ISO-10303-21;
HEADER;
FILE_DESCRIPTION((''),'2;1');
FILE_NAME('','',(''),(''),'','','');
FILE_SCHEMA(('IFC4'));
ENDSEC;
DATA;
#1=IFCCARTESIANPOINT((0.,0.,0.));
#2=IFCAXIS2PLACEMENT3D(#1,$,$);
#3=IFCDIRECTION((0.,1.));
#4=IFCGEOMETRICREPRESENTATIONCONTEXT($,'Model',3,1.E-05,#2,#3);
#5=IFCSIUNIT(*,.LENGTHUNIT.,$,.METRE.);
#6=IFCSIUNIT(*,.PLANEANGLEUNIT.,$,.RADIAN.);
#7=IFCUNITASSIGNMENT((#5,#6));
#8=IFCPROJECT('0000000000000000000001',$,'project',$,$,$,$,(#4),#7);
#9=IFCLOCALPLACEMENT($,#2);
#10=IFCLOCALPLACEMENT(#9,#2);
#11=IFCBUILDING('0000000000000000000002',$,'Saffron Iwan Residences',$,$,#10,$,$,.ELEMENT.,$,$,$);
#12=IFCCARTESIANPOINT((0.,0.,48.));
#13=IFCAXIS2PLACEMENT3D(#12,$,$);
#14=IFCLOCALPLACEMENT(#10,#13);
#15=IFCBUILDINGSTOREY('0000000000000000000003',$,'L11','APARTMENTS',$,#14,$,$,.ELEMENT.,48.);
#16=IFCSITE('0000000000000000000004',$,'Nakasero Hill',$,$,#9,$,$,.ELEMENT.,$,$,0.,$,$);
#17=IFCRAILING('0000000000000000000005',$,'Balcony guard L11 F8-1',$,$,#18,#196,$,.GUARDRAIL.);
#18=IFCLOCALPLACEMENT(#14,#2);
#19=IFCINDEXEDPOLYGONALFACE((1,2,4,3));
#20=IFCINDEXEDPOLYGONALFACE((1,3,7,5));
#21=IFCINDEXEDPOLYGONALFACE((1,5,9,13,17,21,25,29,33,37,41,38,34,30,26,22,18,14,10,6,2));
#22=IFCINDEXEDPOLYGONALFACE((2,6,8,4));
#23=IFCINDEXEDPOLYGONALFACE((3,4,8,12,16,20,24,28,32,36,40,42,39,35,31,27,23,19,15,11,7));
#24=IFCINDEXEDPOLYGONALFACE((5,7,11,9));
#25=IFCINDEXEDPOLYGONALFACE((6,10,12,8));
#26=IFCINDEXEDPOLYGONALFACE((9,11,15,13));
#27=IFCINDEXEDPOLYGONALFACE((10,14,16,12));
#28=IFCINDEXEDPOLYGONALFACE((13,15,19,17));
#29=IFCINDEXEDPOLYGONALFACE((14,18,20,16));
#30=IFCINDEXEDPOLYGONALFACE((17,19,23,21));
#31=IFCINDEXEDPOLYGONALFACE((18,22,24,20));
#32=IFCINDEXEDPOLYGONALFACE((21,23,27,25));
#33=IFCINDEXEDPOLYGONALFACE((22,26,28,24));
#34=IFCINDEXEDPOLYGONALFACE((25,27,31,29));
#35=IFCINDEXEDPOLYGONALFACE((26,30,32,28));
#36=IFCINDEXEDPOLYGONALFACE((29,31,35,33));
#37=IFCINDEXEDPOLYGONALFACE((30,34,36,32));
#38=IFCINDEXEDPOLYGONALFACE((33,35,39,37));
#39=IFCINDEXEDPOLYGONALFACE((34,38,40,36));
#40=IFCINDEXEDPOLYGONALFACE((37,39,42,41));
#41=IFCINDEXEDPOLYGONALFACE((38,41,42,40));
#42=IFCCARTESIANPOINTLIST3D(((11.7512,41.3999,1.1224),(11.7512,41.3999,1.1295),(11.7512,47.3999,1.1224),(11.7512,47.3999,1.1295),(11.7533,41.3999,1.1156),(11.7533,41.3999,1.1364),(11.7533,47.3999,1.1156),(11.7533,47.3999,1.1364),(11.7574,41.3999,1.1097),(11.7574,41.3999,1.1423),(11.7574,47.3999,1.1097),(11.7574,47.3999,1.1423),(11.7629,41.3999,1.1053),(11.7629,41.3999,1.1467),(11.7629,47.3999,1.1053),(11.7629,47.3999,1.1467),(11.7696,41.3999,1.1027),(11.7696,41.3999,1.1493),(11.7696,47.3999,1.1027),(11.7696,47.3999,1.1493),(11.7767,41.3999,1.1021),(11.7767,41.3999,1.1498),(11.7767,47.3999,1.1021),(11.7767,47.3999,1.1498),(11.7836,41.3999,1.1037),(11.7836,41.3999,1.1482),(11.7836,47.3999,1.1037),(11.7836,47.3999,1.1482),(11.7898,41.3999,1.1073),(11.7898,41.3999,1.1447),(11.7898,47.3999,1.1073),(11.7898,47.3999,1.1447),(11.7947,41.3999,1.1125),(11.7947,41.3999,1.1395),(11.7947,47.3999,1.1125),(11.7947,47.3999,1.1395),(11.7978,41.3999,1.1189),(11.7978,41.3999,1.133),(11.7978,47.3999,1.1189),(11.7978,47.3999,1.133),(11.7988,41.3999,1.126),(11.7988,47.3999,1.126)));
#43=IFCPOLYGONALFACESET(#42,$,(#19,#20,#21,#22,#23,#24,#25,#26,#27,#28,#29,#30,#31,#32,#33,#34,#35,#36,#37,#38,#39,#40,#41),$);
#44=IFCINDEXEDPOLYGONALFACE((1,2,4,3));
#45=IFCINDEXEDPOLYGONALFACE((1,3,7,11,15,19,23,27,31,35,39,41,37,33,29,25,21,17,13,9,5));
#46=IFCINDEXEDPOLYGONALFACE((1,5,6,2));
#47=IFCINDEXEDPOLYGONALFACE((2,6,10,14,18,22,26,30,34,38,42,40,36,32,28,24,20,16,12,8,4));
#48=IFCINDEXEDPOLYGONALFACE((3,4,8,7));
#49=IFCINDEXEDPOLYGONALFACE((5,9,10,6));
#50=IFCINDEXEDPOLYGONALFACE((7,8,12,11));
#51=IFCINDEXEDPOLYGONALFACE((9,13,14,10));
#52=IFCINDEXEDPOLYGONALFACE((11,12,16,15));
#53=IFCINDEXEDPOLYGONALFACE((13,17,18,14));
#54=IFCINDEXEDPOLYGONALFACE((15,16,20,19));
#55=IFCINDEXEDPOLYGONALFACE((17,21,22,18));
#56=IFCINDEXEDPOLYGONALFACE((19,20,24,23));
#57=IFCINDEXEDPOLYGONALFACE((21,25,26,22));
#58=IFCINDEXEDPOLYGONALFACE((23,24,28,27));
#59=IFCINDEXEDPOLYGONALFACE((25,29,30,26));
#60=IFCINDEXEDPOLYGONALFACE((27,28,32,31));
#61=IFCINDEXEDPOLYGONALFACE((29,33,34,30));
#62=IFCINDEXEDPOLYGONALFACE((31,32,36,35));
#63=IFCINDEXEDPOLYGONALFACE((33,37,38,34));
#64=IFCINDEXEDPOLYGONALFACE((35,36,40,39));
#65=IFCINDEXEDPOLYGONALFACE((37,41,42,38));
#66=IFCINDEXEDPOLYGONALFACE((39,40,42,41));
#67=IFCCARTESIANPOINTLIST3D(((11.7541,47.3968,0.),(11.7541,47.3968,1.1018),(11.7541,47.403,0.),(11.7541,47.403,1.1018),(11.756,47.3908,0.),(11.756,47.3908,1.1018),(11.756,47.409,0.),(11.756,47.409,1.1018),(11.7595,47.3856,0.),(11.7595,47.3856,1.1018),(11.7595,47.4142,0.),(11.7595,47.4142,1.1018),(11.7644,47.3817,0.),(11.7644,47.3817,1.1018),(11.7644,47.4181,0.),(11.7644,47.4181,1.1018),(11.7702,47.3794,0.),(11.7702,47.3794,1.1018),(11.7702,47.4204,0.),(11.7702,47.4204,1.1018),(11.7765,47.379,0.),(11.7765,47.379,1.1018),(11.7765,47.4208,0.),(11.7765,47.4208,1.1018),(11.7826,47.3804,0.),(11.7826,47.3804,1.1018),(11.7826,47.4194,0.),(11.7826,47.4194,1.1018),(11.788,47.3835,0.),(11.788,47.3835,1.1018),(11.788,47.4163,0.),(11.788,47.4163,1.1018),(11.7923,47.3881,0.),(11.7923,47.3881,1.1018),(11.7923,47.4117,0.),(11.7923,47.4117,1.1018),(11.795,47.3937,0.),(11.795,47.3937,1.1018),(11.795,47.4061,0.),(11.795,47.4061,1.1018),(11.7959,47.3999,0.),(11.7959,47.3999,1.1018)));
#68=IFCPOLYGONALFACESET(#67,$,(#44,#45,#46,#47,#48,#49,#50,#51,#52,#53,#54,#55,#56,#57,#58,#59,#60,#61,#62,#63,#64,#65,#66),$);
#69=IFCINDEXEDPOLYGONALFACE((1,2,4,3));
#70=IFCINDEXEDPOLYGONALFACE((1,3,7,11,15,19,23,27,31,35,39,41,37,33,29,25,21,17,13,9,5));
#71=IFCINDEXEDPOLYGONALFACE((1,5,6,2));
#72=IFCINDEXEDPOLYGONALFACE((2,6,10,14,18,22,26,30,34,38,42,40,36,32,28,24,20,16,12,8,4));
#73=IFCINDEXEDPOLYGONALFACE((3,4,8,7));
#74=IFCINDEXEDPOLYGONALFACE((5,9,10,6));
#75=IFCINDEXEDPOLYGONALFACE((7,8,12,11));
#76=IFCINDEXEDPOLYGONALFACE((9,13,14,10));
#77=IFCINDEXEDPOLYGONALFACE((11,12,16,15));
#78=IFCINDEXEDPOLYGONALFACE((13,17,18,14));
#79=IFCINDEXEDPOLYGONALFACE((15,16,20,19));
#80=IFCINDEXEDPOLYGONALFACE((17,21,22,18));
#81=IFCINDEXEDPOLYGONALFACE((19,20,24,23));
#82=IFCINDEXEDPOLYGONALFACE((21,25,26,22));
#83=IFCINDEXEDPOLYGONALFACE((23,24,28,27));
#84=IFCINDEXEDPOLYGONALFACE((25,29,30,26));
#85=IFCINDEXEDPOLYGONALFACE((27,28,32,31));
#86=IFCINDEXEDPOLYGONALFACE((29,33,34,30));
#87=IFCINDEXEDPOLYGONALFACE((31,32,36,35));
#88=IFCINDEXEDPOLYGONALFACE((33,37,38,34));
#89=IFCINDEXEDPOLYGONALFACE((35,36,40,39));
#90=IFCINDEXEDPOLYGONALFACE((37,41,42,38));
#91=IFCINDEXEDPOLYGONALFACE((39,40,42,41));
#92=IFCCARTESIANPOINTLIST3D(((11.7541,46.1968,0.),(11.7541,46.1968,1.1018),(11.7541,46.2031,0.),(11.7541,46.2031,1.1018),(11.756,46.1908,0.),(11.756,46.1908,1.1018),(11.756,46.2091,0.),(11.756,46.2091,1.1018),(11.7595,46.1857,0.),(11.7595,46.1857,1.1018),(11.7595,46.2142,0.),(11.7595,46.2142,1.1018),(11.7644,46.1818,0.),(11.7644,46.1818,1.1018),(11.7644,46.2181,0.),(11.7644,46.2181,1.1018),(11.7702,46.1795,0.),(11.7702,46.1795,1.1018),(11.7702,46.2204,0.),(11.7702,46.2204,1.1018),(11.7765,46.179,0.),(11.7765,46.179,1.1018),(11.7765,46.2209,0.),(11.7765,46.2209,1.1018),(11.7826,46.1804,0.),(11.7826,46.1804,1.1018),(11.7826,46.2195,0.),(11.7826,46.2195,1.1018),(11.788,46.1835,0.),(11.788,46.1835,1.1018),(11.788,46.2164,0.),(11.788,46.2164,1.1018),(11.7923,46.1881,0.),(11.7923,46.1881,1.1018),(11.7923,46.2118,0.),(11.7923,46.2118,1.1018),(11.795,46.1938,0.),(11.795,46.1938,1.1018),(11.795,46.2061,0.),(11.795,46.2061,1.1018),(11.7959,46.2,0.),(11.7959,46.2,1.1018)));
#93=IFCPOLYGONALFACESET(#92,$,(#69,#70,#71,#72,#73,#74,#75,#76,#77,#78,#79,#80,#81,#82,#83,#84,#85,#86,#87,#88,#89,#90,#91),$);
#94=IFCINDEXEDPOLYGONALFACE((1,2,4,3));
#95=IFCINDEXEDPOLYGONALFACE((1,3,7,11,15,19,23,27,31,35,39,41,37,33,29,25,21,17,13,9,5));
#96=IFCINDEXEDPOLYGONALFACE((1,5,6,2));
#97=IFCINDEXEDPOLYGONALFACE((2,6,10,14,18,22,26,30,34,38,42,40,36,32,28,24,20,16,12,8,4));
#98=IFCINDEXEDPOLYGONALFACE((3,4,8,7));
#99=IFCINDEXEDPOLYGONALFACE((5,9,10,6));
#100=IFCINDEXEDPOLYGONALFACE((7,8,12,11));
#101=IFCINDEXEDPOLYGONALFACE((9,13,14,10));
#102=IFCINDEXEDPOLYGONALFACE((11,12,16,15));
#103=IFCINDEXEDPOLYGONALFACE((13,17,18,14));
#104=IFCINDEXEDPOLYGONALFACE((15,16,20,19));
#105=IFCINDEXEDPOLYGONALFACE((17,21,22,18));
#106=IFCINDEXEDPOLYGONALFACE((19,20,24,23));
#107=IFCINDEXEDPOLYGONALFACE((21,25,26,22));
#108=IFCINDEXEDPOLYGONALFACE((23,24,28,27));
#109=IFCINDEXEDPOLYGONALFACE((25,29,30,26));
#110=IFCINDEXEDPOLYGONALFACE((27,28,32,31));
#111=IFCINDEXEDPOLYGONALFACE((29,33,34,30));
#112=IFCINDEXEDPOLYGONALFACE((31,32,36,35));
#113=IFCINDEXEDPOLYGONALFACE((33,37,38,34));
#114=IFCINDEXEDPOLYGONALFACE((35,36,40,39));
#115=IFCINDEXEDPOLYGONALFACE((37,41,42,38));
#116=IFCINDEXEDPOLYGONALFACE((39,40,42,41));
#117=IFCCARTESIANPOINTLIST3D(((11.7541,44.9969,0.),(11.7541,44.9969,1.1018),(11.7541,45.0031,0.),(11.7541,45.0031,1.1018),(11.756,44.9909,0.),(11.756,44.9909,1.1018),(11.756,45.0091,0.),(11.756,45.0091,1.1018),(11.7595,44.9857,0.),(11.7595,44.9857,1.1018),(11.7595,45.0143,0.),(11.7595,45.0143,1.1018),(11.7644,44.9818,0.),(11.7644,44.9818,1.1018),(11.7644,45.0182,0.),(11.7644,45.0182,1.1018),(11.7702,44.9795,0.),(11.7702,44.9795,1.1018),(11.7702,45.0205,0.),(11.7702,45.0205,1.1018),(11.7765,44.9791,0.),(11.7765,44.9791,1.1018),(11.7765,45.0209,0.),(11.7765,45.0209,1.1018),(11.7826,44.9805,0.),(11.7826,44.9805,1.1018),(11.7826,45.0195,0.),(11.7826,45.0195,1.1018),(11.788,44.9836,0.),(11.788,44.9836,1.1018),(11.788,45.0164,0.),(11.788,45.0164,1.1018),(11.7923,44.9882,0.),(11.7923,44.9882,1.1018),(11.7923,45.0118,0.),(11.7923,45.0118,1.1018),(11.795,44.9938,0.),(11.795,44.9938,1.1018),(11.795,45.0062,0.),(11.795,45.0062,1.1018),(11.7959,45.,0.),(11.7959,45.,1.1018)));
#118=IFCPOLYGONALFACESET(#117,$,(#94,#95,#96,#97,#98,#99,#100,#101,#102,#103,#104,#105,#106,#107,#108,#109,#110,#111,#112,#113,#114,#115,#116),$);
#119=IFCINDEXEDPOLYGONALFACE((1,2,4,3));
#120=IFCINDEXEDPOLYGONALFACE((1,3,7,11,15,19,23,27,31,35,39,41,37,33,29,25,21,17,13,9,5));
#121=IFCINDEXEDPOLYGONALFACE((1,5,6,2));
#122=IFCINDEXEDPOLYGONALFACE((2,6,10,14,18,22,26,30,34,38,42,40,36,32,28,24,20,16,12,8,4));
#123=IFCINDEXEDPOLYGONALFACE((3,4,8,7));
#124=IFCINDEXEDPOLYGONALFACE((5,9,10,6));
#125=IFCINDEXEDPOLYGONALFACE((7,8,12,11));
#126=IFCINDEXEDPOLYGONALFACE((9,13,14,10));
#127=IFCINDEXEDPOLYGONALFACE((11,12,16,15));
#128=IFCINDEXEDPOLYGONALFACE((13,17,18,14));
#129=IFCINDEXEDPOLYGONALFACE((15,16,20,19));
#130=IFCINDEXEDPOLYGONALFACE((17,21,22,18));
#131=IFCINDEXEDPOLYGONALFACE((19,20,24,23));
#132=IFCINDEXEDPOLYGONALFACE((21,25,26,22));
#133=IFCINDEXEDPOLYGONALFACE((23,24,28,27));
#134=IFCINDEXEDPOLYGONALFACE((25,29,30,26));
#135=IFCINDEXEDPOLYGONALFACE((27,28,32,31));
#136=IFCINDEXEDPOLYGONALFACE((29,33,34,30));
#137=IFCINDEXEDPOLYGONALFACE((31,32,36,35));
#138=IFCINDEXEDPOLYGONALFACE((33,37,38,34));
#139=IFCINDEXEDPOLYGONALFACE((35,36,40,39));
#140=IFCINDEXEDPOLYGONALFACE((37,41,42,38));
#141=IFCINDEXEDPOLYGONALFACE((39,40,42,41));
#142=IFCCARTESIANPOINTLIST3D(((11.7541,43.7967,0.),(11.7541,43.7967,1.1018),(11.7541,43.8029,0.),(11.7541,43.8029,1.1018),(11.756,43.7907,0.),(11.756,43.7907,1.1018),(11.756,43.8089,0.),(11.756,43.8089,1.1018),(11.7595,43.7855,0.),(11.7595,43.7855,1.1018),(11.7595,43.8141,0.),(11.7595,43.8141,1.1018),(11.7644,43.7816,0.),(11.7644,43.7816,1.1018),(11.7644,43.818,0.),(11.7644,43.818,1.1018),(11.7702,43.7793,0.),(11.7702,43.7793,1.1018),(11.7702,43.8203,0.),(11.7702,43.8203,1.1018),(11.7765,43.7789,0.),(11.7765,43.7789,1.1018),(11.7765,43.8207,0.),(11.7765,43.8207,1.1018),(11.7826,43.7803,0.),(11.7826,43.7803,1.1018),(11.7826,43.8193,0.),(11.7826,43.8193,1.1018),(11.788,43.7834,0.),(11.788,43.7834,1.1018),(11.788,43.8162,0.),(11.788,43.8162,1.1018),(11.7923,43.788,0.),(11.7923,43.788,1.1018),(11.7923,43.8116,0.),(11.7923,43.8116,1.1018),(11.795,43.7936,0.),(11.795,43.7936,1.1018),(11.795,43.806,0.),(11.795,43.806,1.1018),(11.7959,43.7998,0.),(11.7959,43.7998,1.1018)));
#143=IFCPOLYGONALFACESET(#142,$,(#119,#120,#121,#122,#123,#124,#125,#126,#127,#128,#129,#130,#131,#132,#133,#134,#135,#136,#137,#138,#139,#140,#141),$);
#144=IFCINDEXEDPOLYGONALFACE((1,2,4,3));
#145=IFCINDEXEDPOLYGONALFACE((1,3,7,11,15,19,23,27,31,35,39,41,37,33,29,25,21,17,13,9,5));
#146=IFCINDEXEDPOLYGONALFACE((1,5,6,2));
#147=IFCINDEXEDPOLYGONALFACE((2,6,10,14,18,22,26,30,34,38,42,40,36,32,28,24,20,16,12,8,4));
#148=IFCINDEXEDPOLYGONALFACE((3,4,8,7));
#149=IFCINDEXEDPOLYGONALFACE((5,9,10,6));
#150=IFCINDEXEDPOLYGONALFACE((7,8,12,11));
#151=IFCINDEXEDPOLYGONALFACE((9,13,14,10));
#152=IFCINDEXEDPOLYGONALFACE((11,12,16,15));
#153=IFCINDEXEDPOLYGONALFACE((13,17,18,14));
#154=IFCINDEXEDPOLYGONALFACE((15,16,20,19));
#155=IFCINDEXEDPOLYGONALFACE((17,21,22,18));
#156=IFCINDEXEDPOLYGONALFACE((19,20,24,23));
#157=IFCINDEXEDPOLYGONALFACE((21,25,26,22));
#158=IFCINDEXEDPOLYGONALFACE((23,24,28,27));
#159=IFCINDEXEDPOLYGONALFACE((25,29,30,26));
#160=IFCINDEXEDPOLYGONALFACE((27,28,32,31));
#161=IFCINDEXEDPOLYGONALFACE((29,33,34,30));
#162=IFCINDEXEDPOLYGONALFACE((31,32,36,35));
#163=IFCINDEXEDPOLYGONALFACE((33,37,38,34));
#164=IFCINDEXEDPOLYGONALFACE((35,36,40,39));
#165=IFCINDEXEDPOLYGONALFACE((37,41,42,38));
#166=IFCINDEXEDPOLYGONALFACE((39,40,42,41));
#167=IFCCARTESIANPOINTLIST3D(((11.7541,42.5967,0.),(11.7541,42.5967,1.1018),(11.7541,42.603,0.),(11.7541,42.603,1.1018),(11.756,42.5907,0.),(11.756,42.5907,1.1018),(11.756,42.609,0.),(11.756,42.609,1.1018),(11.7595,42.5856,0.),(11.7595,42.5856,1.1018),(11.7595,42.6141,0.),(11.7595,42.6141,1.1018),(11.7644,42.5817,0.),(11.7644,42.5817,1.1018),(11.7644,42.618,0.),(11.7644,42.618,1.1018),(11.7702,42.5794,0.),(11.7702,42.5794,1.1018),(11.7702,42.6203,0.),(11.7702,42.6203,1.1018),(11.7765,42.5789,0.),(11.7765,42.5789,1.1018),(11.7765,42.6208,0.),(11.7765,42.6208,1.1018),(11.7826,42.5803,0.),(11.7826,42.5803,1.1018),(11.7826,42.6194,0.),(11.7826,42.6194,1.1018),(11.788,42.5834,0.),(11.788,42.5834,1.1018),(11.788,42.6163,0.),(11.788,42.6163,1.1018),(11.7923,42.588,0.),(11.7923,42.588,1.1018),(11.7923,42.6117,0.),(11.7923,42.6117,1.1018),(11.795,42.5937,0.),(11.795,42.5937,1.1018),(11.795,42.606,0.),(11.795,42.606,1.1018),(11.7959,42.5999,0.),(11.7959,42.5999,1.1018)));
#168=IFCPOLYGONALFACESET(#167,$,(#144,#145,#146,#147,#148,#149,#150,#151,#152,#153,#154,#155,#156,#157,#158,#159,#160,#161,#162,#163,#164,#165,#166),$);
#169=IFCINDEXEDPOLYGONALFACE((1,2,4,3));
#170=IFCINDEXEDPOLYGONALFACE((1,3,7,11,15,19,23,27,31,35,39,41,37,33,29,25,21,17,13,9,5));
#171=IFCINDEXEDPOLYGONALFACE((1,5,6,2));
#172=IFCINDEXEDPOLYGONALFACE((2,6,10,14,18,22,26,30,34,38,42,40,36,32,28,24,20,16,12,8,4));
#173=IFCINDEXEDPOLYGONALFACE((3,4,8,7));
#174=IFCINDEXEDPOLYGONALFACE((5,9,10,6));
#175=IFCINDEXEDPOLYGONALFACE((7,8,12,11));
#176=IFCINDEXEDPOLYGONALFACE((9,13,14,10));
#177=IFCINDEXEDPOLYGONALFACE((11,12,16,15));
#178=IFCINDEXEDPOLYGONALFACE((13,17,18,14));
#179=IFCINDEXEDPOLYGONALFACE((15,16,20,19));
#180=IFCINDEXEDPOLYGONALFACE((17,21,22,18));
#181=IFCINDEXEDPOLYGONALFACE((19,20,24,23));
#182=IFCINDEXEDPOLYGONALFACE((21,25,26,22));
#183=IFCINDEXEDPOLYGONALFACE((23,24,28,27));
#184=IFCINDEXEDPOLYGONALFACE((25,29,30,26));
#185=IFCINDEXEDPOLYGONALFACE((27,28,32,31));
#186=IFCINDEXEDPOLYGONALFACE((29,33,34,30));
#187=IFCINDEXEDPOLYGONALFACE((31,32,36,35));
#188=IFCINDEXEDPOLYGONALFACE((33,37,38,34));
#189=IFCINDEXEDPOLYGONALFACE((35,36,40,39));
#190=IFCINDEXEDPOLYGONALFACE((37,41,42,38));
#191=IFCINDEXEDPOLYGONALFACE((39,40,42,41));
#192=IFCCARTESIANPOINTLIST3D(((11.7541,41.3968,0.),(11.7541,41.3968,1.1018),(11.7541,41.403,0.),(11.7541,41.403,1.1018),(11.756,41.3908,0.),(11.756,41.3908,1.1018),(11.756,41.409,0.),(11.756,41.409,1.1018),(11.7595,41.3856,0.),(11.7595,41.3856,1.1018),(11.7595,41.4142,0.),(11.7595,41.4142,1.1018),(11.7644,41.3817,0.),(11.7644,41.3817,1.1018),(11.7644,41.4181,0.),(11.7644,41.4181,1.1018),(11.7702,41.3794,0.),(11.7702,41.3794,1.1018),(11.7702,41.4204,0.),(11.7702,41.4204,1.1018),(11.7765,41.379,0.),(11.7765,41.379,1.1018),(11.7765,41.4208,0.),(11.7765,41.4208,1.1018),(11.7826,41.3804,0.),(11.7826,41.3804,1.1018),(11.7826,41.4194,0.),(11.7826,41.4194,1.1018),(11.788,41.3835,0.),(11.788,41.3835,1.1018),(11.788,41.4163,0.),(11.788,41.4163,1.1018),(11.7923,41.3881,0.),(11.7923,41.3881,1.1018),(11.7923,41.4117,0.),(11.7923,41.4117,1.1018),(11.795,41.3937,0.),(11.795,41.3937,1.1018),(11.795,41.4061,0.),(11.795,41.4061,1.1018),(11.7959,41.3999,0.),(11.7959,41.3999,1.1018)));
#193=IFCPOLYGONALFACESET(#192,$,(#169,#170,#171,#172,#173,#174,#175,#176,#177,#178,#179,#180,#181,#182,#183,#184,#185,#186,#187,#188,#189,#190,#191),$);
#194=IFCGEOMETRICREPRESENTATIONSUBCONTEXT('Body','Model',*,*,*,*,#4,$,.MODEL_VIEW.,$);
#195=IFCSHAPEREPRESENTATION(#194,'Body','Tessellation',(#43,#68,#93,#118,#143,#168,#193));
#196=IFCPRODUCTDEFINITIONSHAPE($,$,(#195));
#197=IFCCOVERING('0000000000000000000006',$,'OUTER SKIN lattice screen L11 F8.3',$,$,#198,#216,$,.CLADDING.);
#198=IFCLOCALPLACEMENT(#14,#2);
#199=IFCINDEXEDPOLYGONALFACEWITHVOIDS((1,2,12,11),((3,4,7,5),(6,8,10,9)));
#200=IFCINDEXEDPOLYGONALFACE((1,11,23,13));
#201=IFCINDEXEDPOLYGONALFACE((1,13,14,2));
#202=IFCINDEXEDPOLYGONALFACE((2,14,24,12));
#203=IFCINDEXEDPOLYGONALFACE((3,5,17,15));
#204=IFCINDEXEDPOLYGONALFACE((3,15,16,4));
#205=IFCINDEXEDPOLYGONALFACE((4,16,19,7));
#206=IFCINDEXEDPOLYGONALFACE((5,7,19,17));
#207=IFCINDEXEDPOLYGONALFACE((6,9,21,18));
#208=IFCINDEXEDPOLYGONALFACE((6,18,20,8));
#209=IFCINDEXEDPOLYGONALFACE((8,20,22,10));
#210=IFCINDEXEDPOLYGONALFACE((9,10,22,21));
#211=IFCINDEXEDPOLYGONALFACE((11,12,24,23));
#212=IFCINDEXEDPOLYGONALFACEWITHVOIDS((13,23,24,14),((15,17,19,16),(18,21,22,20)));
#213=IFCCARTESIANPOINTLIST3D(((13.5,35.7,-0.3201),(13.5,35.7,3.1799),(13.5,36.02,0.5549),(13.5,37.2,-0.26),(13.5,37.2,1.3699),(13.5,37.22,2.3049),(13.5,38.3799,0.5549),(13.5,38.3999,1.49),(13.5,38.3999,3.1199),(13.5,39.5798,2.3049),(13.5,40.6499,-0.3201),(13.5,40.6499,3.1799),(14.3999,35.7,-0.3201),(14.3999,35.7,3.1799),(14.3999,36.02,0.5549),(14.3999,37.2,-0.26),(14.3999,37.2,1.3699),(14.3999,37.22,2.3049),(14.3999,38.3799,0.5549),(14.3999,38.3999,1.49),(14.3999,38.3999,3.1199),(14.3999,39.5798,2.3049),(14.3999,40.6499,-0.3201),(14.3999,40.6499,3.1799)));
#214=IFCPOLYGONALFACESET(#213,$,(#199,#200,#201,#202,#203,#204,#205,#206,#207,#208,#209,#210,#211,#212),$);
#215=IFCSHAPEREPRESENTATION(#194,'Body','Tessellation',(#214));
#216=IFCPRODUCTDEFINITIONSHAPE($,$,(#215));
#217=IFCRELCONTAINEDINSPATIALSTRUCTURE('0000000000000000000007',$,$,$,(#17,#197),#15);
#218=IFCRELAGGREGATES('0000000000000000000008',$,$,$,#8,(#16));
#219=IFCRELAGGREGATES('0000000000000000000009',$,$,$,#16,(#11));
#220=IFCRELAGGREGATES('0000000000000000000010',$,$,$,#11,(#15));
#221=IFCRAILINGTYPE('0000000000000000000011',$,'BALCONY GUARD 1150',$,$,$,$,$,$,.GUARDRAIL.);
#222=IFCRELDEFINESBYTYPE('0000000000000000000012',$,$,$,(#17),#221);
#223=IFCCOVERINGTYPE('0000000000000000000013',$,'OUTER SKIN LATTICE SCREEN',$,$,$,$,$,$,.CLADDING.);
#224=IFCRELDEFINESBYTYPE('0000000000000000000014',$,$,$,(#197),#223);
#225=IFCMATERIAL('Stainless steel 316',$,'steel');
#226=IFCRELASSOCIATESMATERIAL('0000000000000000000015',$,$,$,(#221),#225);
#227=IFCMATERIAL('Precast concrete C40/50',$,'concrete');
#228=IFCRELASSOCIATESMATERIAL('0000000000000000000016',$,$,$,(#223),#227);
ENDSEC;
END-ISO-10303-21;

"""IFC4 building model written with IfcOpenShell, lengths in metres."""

from ifc_helpers import new_model, si_unit, direction, frame, origin, origin_2d, place, context, subcontext, project, spatial, polyline, circle, outline, extrude, material, type_object, element, save


model = new_model("IFC4")

# Units and contexts
model_context = context("Model", 3, precision=1e-05, world=origin(), true_north=direction((0.0, 1.0)))
body_context = subcontext(model_context, "Body", "Model", "MODEL_VIEW")
ifc_project = project(units=[si_unit("LENGTHUNIT", "METRE"), si_unit("PLANEANGLEUNIT", "RADIAN")], contexts=[model_context])

# Site, building, storey
site_placement = place(None, origin())
site = spatial("IfcSite", under=ifc_project, at=site_placement, Name="Nakasero Hill", CompositionType="ELEMENT", RefElevation=0.0)
building_placement = place(site_placement, origin())
building = spatial("IfcBuilding", under=site, at=building_placement, Name="Saffron Iwan Residences", CompositionType="ELEMENT")
storey_placement = place(building_placement, frame((0.0, 0.0, 48.0)))
storey = spatial("IfcBuildingStorey", under=building, at=storey_placement, Name="L11", Description="APARTMENTS", CompositionType="ELEMENT", Elevation=48.0)

# Railing
ifc_material_1 = material(Name="Stainless steel 316", Category="steel")
railing_type = type_object("IfcRailingType", Name="BALCONY GUARD 1150", PredefinedType="GUARDRAIL", material=ifc_material_1)
railing_placement = place(storey_placement, frame((11.7749, 47.3999, 0.0)))
element("IfcRailing", 1, at=railing_placement, inside=storey, type_object=railing_type, Name="Balcony guard L11 F8-1", PredefinedType="GUARDRAIL", context=body_context, shape_type="SweptSolid", body=[
    extrude(circle(Radius=0.0239, at=origin_2d()), frame((0.0, 0.0, 1.126), z_axis=(0.0, -1.0, 0.0), x_axis=(1.0, 0.0, 0.0)), (0.0, 0.0, 1.0), 6.0),
    extrude(circle(Radius=0.021, at=origin_2d()), origin(), (0.0, 0.0, 1.0), 1.1018),
    extrude(circle(Radius=0.021, at=origin_2d()), frame((0.0, -1.2, 0.0)), (0.0, 0.0, 1.0), 1.1018),
    extrude(circle(Radius=0.021, at=origin_2d()), frame((0.0, -2.3999, 0.0)), (0.0, 0.0, 1.0), 1.1018),
    extrude(circle(Radius=0.021, at=origin_2d()), frame((0.0, -3.6001, 0.0)), (0.0, 0.0, 1.0), 1.1018),
    extrude(circle(Radius=0.021, at=origin_2d()), frame((0.0, -4.8, 0.0)), (0.0, 0.0, 1.0), 1.1018),
    extrude(circle(Radius=0.021, at=origin_2d()), frame((0.0, -6.0, 0.0)), (0.0, 0.0, 1.0), 1.1018),
])

# Covering
ifc_material_2 = material(Name="Precast concrete C40/50", Category="concrete")
covering_type_1 = type_object("IfcCoveringType", Name="OUTER SKIN LATTICE SCREEN", PredefinedType="CLADDING", material=ifc_material_2)
covering_1_placement = place(storey_placement, frame((14.3999, 40.6499, -0.3201), z_axis=(-1.0, 0.0, 0.0), x_axis=(0.0, -1.0, 0.0)))
element("IfcCovering", 2, at=covering_1_placement, inside=storey, type_object=covering_type_1, Name="OUTER SKIN lattice screen L11 F8.3", PredefinedType="CLADDING", context=body_context, shape_type="SweptSolid", body=[
    extrude(outline(polyline([(0.0, 0.0), (4.95, 0.0), (4.95, 3.5), (0.0, 3.5), (0.0, 0.0)]), holes=[polyline([(2.27, 0.875), (3.45, 0.0601), (4.6299, 0.875), (3.45, 1.6899), (2.27, 0.875)]), polyline([(1.0701, 2.625), (2.25, 1.8101), (3.4299, 2.625), (2.25, 3.4399), (1.0701, 2.625)])]), origin(), (0.0, 0.0, 1.0), 0.8999),
])

save(model, "model.ifc")
